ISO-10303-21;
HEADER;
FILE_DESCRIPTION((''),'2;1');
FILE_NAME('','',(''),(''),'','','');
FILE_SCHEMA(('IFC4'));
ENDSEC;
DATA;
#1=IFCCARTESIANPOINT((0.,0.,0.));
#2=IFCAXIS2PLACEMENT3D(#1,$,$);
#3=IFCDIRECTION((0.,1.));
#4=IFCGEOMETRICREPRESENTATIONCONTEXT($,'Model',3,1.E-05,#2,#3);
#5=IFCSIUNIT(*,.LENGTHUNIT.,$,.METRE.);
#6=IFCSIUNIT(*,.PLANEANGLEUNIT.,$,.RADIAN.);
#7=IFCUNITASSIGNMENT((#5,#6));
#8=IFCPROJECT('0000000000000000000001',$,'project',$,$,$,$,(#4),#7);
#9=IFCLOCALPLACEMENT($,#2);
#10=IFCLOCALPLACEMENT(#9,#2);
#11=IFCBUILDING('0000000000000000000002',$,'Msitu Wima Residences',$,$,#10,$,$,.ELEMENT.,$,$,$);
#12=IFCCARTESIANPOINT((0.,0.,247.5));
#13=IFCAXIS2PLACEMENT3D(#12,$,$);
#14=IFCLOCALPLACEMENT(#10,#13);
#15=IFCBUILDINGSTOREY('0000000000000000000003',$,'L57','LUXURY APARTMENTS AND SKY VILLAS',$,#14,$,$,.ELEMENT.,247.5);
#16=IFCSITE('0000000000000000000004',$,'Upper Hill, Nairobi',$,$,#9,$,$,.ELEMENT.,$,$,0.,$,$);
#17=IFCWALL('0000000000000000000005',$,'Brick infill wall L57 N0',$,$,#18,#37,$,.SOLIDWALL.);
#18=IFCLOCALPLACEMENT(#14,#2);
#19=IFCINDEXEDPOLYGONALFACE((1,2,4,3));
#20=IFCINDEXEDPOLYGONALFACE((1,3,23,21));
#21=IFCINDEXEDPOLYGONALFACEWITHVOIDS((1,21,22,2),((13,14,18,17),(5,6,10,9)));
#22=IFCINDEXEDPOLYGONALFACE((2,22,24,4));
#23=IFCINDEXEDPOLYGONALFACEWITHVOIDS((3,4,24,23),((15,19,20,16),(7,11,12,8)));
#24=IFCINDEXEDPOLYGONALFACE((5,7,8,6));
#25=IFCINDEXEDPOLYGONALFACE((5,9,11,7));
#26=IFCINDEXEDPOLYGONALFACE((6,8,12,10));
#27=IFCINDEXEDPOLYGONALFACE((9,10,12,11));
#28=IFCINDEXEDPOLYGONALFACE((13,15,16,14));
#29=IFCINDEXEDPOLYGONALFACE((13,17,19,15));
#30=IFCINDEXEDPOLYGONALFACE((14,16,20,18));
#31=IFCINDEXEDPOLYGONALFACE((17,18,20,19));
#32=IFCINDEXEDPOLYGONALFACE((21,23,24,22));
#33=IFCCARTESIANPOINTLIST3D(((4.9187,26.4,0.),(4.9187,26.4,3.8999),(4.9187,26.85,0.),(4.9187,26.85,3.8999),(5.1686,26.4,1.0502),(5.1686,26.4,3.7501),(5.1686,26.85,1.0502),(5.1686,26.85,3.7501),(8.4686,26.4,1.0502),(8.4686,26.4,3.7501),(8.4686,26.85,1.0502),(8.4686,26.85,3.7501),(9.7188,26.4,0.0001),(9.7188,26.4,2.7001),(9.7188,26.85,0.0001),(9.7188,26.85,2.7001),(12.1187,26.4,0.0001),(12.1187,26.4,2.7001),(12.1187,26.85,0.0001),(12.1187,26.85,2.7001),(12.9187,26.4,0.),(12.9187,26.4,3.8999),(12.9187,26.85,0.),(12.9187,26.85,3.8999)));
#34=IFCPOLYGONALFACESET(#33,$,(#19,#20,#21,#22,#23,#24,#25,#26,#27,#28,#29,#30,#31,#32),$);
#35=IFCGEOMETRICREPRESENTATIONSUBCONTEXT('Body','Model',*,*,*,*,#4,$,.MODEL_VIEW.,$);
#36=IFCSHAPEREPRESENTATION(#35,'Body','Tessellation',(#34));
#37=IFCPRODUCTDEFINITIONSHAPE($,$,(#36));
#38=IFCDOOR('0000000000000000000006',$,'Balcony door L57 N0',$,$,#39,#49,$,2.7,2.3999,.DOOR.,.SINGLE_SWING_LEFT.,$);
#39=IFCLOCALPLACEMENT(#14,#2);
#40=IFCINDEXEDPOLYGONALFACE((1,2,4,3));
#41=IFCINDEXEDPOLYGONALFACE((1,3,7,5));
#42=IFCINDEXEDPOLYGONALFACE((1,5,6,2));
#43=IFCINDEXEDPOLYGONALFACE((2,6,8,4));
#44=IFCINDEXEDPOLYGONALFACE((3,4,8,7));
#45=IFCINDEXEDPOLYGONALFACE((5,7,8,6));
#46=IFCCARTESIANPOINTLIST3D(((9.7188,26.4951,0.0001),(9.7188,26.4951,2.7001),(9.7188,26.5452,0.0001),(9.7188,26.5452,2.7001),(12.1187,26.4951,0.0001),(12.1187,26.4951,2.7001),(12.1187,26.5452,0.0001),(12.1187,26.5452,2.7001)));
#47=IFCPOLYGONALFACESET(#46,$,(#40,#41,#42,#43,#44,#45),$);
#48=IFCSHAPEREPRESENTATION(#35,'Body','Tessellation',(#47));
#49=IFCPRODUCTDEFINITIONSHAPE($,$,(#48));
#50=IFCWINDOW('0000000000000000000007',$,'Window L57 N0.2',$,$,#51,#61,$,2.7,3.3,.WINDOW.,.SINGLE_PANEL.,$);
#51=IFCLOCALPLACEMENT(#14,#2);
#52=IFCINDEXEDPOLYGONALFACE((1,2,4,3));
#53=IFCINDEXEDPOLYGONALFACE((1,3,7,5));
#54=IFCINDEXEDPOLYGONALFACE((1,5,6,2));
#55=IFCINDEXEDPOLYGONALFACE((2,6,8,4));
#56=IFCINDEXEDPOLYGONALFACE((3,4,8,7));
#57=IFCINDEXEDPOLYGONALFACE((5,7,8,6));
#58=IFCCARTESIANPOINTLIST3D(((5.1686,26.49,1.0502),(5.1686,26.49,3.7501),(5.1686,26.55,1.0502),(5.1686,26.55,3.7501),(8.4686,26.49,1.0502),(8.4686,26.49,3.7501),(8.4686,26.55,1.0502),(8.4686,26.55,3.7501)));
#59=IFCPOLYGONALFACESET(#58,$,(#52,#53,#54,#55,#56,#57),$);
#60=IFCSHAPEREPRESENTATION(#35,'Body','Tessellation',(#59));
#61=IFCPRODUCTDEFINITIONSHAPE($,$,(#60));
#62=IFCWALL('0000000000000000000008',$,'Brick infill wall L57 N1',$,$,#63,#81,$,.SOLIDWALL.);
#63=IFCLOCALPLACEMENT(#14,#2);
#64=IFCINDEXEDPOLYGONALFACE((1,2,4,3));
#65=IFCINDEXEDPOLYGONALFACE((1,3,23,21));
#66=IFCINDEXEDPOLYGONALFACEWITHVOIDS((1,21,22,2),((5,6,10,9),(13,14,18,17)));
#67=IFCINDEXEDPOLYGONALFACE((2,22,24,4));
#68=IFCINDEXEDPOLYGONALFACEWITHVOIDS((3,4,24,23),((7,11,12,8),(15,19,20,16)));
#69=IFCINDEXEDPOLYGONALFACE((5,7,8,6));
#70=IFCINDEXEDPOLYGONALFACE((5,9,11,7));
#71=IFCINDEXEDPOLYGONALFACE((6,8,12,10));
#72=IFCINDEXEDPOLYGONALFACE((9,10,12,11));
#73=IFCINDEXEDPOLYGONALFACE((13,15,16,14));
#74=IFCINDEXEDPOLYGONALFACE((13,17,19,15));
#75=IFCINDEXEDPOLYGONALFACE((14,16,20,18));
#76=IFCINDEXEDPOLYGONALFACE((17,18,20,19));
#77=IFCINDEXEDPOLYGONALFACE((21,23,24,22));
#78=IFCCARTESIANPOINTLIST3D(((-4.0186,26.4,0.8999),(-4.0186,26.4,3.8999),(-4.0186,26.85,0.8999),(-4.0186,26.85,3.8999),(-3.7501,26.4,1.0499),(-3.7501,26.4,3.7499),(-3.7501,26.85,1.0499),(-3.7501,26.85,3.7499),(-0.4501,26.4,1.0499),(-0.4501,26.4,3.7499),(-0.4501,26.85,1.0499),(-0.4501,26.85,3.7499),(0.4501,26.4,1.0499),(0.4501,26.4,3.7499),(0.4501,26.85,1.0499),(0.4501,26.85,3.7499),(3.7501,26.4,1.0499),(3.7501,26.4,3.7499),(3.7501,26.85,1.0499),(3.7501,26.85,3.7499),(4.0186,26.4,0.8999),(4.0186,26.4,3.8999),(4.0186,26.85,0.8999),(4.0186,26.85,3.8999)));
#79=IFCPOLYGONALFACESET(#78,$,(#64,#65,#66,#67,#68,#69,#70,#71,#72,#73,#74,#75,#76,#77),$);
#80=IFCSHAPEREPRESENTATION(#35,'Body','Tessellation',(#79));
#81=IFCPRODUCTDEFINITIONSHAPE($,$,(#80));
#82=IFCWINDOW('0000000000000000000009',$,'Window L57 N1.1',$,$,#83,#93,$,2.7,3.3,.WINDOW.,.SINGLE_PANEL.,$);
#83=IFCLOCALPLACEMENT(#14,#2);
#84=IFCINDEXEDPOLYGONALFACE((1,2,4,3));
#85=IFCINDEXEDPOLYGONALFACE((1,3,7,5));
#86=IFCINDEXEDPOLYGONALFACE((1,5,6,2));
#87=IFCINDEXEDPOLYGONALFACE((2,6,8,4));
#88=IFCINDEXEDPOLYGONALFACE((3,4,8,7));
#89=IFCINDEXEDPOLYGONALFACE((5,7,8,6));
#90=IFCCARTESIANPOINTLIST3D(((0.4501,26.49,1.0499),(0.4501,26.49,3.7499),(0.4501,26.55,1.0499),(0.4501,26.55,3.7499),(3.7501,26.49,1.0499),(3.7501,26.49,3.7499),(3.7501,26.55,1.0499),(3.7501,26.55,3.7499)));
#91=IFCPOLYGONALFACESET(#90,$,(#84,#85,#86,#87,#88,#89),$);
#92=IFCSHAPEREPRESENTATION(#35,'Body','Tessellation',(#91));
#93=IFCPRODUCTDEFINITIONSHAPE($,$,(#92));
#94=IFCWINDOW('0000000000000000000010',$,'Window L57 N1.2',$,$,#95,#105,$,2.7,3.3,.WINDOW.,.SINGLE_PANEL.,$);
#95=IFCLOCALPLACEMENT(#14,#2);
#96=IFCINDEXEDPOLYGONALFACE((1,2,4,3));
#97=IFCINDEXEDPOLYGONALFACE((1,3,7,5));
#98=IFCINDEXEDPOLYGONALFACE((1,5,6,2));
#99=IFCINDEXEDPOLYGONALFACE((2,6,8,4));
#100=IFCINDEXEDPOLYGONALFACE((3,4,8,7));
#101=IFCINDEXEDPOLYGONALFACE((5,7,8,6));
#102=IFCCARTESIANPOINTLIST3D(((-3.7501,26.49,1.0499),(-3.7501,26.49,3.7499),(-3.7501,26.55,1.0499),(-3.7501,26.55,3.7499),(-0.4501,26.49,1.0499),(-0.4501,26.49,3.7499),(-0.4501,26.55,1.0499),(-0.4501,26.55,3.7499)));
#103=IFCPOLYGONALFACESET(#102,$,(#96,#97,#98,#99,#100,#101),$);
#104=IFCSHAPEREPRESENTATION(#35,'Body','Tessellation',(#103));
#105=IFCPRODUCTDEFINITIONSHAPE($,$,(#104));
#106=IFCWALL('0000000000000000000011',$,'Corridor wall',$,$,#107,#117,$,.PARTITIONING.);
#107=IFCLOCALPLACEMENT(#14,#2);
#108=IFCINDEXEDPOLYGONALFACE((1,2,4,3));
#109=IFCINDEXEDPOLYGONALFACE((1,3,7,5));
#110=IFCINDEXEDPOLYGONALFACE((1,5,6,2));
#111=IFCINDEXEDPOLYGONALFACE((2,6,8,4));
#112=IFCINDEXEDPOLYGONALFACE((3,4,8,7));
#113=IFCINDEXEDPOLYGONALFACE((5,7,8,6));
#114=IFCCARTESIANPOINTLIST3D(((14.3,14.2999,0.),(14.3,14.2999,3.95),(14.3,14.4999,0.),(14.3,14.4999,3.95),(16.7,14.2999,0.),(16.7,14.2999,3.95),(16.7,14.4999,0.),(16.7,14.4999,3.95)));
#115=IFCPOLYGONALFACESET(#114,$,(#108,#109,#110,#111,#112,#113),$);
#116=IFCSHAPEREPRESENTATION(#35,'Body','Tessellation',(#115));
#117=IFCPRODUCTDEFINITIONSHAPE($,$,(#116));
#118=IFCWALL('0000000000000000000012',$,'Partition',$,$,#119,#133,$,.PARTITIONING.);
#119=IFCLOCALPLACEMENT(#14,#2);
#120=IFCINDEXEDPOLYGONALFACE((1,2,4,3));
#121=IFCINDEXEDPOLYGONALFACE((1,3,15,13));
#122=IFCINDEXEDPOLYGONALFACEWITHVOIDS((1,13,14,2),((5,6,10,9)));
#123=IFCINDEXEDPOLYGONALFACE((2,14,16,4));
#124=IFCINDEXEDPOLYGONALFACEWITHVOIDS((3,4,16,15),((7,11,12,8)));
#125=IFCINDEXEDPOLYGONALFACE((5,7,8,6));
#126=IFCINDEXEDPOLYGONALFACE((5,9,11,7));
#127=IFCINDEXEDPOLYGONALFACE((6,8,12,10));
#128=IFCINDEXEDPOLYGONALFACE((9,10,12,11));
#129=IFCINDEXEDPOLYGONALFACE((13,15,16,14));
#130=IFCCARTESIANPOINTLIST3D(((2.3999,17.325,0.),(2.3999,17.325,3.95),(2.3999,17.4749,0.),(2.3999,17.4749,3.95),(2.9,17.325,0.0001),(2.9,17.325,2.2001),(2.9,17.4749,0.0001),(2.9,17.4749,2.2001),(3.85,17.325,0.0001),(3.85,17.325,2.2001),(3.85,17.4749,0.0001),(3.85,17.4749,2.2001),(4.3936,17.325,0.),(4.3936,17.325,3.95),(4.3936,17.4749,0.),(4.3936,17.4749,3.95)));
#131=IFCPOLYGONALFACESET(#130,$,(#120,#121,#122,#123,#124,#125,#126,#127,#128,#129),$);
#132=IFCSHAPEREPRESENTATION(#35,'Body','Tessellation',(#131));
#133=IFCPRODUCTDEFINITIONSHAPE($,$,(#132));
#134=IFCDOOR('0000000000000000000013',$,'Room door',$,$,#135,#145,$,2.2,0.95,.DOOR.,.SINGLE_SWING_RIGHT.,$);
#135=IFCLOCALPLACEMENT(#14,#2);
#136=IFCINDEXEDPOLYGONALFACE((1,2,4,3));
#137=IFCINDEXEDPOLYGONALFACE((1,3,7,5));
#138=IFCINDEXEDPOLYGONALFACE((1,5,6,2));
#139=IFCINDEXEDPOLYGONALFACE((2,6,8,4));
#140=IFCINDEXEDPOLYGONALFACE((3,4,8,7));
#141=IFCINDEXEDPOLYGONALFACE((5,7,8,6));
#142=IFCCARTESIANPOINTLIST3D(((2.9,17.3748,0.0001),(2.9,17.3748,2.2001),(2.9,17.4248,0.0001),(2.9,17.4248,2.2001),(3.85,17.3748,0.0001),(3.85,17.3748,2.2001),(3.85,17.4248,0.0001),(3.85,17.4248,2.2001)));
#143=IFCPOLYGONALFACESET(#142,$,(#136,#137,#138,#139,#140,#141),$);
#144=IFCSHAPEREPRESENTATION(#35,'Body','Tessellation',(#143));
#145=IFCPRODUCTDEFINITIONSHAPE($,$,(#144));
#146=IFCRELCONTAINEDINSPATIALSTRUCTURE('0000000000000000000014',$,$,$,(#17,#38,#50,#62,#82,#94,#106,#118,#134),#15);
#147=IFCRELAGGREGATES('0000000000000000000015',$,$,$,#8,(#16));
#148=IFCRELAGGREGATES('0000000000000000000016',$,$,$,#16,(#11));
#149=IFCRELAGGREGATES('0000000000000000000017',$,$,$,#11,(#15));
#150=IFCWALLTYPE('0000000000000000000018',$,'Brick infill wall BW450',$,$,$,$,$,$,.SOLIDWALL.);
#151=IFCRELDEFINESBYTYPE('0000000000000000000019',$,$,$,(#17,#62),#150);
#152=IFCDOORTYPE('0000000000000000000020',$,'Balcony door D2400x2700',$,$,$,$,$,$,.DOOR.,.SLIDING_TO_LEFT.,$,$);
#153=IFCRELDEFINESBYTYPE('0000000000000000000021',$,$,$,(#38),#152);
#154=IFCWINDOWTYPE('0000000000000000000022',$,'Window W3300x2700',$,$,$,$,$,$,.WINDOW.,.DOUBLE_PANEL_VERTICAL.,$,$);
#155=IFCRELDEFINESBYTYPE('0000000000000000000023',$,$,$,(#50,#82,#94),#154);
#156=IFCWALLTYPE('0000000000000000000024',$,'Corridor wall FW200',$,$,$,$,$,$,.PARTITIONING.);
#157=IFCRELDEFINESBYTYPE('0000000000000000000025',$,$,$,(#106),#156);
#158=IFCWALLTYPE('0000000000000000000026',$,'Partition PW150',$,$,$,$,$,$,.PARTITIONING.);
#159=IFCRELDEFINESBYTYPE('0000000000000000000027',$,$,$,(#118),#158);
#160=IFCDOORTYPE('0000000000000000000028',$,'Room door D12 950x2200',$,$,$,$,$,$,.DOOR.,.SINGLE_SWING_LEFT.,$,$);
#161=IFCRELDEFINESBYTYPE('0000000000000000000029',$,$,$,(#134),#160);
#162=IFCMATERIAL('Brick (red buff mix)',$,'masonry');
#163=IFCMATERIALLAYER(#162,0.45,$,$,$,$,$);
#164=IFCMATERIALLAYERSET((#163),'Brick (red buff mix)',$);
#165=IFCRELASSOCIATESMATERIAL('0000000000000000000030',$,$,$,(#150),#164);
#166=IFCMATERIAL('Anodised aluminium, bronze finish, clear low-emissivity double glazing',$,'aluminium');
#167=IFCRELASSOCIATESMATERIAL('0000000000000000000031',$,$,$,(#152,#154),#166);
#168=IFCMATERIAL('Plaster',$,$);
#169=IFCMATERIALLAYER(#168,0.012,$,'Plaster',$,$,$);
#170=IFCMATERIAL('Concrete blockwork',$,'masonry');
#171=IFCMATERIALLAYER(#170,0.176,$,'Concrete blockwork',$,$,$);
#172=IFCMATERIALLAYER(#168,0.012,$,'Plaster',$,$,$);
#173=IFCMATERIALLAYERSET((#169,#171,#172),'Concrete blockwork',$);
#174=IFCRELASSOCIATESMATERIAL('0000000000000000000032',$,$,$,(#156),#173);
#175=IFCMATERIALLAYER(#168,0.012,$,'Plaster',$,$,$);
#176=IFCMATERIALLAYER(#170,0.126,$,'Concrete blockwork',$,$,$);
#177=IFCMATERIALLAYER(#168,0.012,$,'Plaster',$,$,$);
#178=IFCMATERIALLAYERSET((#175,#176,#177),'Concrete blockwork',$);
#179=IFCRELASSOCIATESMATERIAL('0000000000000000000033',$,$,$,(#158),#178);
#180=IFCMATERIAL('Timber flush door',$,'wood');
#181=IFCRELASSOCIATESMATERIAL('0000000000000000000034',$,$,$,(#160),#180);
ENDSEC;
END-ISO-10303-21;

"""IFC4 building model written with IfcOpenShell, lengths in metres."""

from ifc_helpers import new_model, si_unit, direction, frame, frame_2d, origin, place, context, subcontext, project, spatial, rectangle, extrude, material, layer, layer_set, type_object, element, fill, save


model = new_model("IFC4")

# Units and contexts
model_context = context("Model", 3, precision=1e-05, world=origin(), true_north=direction((0.0, 1.0)))
body_context = subcontext(model_context, "Body", "Model", "MODEL_VIEW")
ifc_project = project(units=[si_unit("LENGTHUNIT", "METRE"), si_unit("PLANEANGLEUNIT", "RADIAN")], contexts=[model_context])

# Site, building, storey
site_placement = place(None, origin())
site = spatial("IfcSite", under=ifc_project, at=site_placement, Name="Upper Hill, Nairobi", CompositionType="ELEMENT", RefElevation=0.0)
building_placement = place(site_placement, origin())
building = spatial("IfcBuilding", under=site, at=building_placement, Name="Msitu Wima Residences", CompositionType="ELEMENT")
storey_placement = place(building_placement, frame((0.0, 0.0, 247.5)))
storey = spatial("IfcBuildingStorey", under=building, at=storey_placement, Name="L57", Description="LUXURY APARTMENTS AND SKY VILLAS", CompositionType="ELEMENT", Elevation=247.5)

# Wall, openings, door, window
ifc_material_1 = material(Name="Brick (red buff mix)", Category="masonry")
ifc_layer_1 = layer(ifc_material_1, 0.45)
ifc_layer_set_1 = layer_set([ifc_layer_1], Name="Brick (red buff mix)")
wall_type_1 = type_object("IfcWallType", Name="Brick infill wall BW450", PredefinedType="SOLIDWALL", material=ifc_layer_set_1)
wall_1_placement = place(storey_placement, frame((12.9187, 26.625, 0.0), z_axis=(0.0, 0.0, 1.0), x_axis=(-1.0, 0.0, 0.0)))
wall_1 = element("IfcWall", 1, at=wall_1_placement, inside=storey, type_object=wall_type_1, Name="Brick infill wall L57 N0", PredefinedType="SOLIDWALL", context=body_context, shape_type="SweptSolid", body=[
    extrude(rectangle(XDim=8.0, YDim=0.45, at=frame_2d((4.0, 0.0))), origin(), (0.0, 0.0, 1.0), 3.8999),
])
opening_1_placement = place(wall_1_placement, frame((0.8, 0.0, 0.0)))
opening_1 = element("IfcOpeningElement", 2, at=opening_1_placement, cuts=wall_1, PredefinedType="OPENING", context=body_context, shape_type="SweptSolid", body=[
    extrude(rectangle(XDim=2.3999, YDim=2.7, at=frame_2d((1.2, 1.3501))), frame((0.0, 0.2349, 0.0), z_axis=(0.0, -1.0, 0.0), x_axis=(1.0, 0.0, 0.0)), (0.0, 0.0, 1.0), 0.47),
])
opening_2_placement = place(wall_1_placement, frame((4.4502, 0.0, 1.05)))
opening_2 = element("IfcOpeningElement", 3, at=opening_2_placement, cuts=wall_1, PredefinedType="OPENING", context=body_context, shape_type="SweptSolid", body=[
    extrude(rectangle(XDim=3.3, YDim=2.7, at=frame_2d((1.6499, 1.3501))), frame((0.0, 0.2349, 0.0), z_axis=(0.0, -1.0, 0.0), x_axis=(1.0, 0.0, 0.0)), (0.0, 0.0, 1.0), 0.47),
])
ifc_material_2 = material(Name="Anodised aluminium, bronze finish, clear low-emissivity double glazing", Category="aluminium")
door_type_1 = type_object("IfcDoorType", Name="Balcony door D2400x2700", OperationType="SLIDING_TO_LEFT", PredefinedType="DOOR", material=ifc_material_2)
door_1_placement = place(opening_1_placement, origin())
door_1 = element("IfcDoor", 4, at=door_1_placement, inside=storey, type_object=door_type_1, Name="Balcony door L57 N0", OperationType="SINGLE_SWING_LEFT", OverallHeight=2.7, OverallWidth=2.3999, PredefinedType="DOOR", context=body_context, shape_type="SweptSolid", body=[
    extrude(rectangle(XDim=2.3999, YDim=2.7, at=frame_2d((1.2, 1.3501))), frame((0.0, 0.1299, 0.0), z_axis=(0.0, -1.0, 0.0), x_axis=(1.0, 0.0, 0.0)), (0.0, 0.0, 1.0), 0.05),
])
fill(opening_1, door_1)
window_type = type_object("IfcWindowType", Name="Window W3300x2700", PartitioningType="DOUBLE_PANEL_VERTICAL", PredefinedType="WINDOW", material=ifc_material_2)
window_1_placement = place(opening_2_placement, origin())
window_1 = element("IfcWindow", 5, at=window_1_placement, inside=storey, type_object=window_type, Name="Window L57 N0.2", OverallHeight=2.7, OverallWidth=3.3, PartitioningType="SINGLE_PANEL", PredefinedType="WINDOW", context=body_context, shape_type="SweptSolid", body=[
    extrude(rectangle(XDim=3.3, YDim=2.7, at=frame_2d((1.6499, 1.3501))), frame((0.0, 0.135, 0.0), z_axis=(0.0, -1.0, 0.0), x_axis=(1.0, 0.0, 0.0)), (0.0, 0.0, 1.0), 0.0601),
])
fill(opening_2, window_1)

# Wall, openings, windows
wall_2_placement = place(storey_placement, frame((4.0186, 26.625, 0.8999), z_axis=(0.0, 0.0, 1.0), x_axis=(-1.0, 0.0, 0.0)))
wall_2 = element("IfcWall", 6, at=wall_2_placement, inside=storey, type_object=wall_type_1, Name="Brick infill wall L57 N1", PredefinedType="SOLIDWALL", context=body_context, shape_type="SweptSolid", body=[
    extrude(rectangle(XDim=8.0371, YDim=0.45, at=frame_2d((4.0186, 0.0))), origin(), (0.0, 0.0, 1.0), 3.0),
])
opening_3_placement = place(wall_2_placement, frame((0.2686, 0.0, 0.1499)))
opening_3 = element("IfcOpeningElement", 7, at=opening_3_placement, cuts=wall_2, PredefinedType="OPENING", context=body_context, shape_type="SweptSolid", body=[
    extrude(rectangle(XDim=3.3, YDim=2.7, at=frame_2d((1.6499, 1.3501))), frame((0.0, 0.2349, 0.0), z_axis=(0.0, -1.0, 0.0), x_axis=(1.0, 0.0, 0.0)), (0.0, 0.0, 1.0), 0.47),
])
opening_4_placement = place(wall_2_placement, frame((4.4688, 0.0, 0.1499)))
opening_4 = element("IfcOpeningElement", 8, at=opening_4_placement, cuts=wall_2, PredefinedType="OPENING", context=body_context, shape_type="SweptSolid", body=[
    extrude(rectangle(XDim=3.3, YDim=2.7, at=frame_2d((1.6499, 1.3501))), frame((0.0, 0.2349, 0.0), z_axis=(0.0, -1.0, 0.0), x_axis=(1.0, 0.0, 0.0)), (0.0, 0.0, 1.0), 0.47),
])
window_2_placement = place(opening_3_placement, origin())
window_2 = element("IfcWindow", 9, at=window_2_placement, inside=storey, type_object=window_type, Name="Window L57 N1.1", OverallHeight=2.7, OverallWidth=3.3, PartitioningType="SINGLE_PANEL", PredefinedType="WINDOW", context=body_context, shape_type="SweptSolid", body=[
    extrude(rectangle(XDim=3.3, YDim=2.7, at=frame_2d((1.6499, 1.3501))), frame((0.0, 0.135, 0.0), z_axis=(0.0, -1.0, 0.0), x_axis=(1.0, 0.0, 0.0)), (0.0, 0.0, 1.0), 0.0601),
])
fill(opening_3, window_2)
window_3_placement = place(opening_4_placement, origin())
window_3 = element("IfcWindow", 10, at=window_3_placement, inside=storey, type_object=window_type, Name="Window L57 N1.2", OverallHeight=2.7, OverallWidth=3.3, PartitioningType="SINGLE_PANEL", PredefinedType="WINDOW", context=body_context, shape_type="SweptSolid", body=[
    extrude(rectangle(XDim=3.3, YDim=2.7, at=frame_2d((1.6499, 1.3501))), frame((0.0, 0.135, 0.0), z_axis=(0.0, -1.0, 0.0), x_axis=(1.0, 0.0, 0.0)), (0.0, 0.0, 1.0), 0.0601),
])
fill(opening_4, window_3)

# Wall
ifc_material_3 = material(Name="Plaster")
ifc_layer_2 = layer(ifc_material_3, 0.012, Name="Plaster")
ifc_material_4 = material(Name="Concrete blockwork", Category="masonry")
ifc_layer_3 = layer(ifc_material_4, 0.176, Name="Concrete blockwork")
ifc_layer_4 = layer(ifc_material_3, 0.012, Name="Plaster")
ifc_layer_set_2 = layer_set([ifc_layer_2, ifc_layer_3, ifc_layer_4], Name="Concrete blockwork")
wall_type_2 = type_object("IfcWallType", Name="Corridor wall FW200", PredefinedType="PARTITIONING", material=ifc_layer_set_2)
wall_3_placement = place(storey_placement, frame((14.3, 14.3999, 0.0), z_axis=(0.0, 0.0, 1.0), x_axis=(1.0, 0.0, 0.0)))
element("IfcWall", 11, at=wall_3_placement, inside=storey, type_object=wall_type_2, Name="Corridor wall", PredefinedType="PARTITIONING", context=body_context, shape_type="SweptSolid", body=[
    extrude(rectangle(XDim=2.3999, YDim=0.2, at=frame_2d((1.2, 0.0))), origin(), (0.0, 0.0, 1.0), 3.95),
])

# Wall, opening, door
ifc_layer_5 = layer(ifc_material_3, 0.012, Name="Plaster")
ifc_layer_6 = layer(ifc_material_4, 0.126, Name="Concrete blockwork")
ifc_layer_7 = layer(ifc_material_3, 0.012, Name="Plaster")
ifc_layer_set_3 = layer_set([ifc_layer_5, ifc_layer_6, ifc_layer_7], Name="Concrete blockwork")
wall_type_3 = type_object("IfcWallType", Name="Partition PW150", PredefinedType="PARTITIONING", material=ifc_layer_set_3)
wall_4_placement = place(storey_placement, frame((2.3999, 17.3999, 0.0), z_axis=(0.0, 0.0, 1.0), x_axis=(1.0, 0.0, 0.0)))
wall_4 = element("IfcWall", 12, at=wall_4_placement, inside=storey, type_object=wall_type_3, Name="Partition", PredefinedType="PARTITIONING", context=body_context, shape_type="SweptSolid", body=[
    extrude(rectangle(XDim=1.9937, YDim=0.1499, at=frame_2d((0.9968, 0.0))), origin(), (0.0, 0.0, 1.0), 3.95),
])
opening_5_placement = place(wall_4_placement, frame((0.5, 0.0, 0.0)))
opening_5 = element("IfcOpeningElement", 13, at=opening_5_placement, cuts=wall_4, PredefinedType="OPENING", context=body_context, shape_type="SweptSolid", body=[
    extrude(rectangle(XDim=0.95, YDim=2.2, at=frame_2d((0.4751, 1.1001))), frame((0.0, 0.085, 0.0), z_axis=(0.0, -1.0, 0.0), x_axis=(1.0, 0.0, 0.0)), (0.0, 0.0, 1.0), 0.1699),
])
ifc_material_5 = material(Name="Timber flush door", Category="wood")
door_type_2 = type_object("IfcDoorType", Name="Room door D12 950x2200", OperationType="SINGLE_SWING_LEFT", PredefinedType="DOOR", material=ifc_material_5)
door_2_placement = place(opening_5_placement, origin())
door_2 = element("IfcDoor", 14, at=door_2_placement, inside=storey, type_object=door_type_2, Name="Room door", OperationType="SINGLE_SWING_RIGHT", OverallHeight=2.2, OverallWidth=0.95, PredefinedType="DOOR", context=body_context, shape_type="SweptSolid", body=[
    extrude(rectangle(XDim=0.95, YDim=2.2, at=frame_2d((0.4751, 1.1001))), frame((0.0, 0.0249, 0.0), z_axis=(0.0, -1.0, 0.0), x_axis=(1.0, 0.0, 0.0)), (0.0, 0.0, 1.0), 0.05),
])
fill(opening_5, door_2)

save(model, "model.ifc")
